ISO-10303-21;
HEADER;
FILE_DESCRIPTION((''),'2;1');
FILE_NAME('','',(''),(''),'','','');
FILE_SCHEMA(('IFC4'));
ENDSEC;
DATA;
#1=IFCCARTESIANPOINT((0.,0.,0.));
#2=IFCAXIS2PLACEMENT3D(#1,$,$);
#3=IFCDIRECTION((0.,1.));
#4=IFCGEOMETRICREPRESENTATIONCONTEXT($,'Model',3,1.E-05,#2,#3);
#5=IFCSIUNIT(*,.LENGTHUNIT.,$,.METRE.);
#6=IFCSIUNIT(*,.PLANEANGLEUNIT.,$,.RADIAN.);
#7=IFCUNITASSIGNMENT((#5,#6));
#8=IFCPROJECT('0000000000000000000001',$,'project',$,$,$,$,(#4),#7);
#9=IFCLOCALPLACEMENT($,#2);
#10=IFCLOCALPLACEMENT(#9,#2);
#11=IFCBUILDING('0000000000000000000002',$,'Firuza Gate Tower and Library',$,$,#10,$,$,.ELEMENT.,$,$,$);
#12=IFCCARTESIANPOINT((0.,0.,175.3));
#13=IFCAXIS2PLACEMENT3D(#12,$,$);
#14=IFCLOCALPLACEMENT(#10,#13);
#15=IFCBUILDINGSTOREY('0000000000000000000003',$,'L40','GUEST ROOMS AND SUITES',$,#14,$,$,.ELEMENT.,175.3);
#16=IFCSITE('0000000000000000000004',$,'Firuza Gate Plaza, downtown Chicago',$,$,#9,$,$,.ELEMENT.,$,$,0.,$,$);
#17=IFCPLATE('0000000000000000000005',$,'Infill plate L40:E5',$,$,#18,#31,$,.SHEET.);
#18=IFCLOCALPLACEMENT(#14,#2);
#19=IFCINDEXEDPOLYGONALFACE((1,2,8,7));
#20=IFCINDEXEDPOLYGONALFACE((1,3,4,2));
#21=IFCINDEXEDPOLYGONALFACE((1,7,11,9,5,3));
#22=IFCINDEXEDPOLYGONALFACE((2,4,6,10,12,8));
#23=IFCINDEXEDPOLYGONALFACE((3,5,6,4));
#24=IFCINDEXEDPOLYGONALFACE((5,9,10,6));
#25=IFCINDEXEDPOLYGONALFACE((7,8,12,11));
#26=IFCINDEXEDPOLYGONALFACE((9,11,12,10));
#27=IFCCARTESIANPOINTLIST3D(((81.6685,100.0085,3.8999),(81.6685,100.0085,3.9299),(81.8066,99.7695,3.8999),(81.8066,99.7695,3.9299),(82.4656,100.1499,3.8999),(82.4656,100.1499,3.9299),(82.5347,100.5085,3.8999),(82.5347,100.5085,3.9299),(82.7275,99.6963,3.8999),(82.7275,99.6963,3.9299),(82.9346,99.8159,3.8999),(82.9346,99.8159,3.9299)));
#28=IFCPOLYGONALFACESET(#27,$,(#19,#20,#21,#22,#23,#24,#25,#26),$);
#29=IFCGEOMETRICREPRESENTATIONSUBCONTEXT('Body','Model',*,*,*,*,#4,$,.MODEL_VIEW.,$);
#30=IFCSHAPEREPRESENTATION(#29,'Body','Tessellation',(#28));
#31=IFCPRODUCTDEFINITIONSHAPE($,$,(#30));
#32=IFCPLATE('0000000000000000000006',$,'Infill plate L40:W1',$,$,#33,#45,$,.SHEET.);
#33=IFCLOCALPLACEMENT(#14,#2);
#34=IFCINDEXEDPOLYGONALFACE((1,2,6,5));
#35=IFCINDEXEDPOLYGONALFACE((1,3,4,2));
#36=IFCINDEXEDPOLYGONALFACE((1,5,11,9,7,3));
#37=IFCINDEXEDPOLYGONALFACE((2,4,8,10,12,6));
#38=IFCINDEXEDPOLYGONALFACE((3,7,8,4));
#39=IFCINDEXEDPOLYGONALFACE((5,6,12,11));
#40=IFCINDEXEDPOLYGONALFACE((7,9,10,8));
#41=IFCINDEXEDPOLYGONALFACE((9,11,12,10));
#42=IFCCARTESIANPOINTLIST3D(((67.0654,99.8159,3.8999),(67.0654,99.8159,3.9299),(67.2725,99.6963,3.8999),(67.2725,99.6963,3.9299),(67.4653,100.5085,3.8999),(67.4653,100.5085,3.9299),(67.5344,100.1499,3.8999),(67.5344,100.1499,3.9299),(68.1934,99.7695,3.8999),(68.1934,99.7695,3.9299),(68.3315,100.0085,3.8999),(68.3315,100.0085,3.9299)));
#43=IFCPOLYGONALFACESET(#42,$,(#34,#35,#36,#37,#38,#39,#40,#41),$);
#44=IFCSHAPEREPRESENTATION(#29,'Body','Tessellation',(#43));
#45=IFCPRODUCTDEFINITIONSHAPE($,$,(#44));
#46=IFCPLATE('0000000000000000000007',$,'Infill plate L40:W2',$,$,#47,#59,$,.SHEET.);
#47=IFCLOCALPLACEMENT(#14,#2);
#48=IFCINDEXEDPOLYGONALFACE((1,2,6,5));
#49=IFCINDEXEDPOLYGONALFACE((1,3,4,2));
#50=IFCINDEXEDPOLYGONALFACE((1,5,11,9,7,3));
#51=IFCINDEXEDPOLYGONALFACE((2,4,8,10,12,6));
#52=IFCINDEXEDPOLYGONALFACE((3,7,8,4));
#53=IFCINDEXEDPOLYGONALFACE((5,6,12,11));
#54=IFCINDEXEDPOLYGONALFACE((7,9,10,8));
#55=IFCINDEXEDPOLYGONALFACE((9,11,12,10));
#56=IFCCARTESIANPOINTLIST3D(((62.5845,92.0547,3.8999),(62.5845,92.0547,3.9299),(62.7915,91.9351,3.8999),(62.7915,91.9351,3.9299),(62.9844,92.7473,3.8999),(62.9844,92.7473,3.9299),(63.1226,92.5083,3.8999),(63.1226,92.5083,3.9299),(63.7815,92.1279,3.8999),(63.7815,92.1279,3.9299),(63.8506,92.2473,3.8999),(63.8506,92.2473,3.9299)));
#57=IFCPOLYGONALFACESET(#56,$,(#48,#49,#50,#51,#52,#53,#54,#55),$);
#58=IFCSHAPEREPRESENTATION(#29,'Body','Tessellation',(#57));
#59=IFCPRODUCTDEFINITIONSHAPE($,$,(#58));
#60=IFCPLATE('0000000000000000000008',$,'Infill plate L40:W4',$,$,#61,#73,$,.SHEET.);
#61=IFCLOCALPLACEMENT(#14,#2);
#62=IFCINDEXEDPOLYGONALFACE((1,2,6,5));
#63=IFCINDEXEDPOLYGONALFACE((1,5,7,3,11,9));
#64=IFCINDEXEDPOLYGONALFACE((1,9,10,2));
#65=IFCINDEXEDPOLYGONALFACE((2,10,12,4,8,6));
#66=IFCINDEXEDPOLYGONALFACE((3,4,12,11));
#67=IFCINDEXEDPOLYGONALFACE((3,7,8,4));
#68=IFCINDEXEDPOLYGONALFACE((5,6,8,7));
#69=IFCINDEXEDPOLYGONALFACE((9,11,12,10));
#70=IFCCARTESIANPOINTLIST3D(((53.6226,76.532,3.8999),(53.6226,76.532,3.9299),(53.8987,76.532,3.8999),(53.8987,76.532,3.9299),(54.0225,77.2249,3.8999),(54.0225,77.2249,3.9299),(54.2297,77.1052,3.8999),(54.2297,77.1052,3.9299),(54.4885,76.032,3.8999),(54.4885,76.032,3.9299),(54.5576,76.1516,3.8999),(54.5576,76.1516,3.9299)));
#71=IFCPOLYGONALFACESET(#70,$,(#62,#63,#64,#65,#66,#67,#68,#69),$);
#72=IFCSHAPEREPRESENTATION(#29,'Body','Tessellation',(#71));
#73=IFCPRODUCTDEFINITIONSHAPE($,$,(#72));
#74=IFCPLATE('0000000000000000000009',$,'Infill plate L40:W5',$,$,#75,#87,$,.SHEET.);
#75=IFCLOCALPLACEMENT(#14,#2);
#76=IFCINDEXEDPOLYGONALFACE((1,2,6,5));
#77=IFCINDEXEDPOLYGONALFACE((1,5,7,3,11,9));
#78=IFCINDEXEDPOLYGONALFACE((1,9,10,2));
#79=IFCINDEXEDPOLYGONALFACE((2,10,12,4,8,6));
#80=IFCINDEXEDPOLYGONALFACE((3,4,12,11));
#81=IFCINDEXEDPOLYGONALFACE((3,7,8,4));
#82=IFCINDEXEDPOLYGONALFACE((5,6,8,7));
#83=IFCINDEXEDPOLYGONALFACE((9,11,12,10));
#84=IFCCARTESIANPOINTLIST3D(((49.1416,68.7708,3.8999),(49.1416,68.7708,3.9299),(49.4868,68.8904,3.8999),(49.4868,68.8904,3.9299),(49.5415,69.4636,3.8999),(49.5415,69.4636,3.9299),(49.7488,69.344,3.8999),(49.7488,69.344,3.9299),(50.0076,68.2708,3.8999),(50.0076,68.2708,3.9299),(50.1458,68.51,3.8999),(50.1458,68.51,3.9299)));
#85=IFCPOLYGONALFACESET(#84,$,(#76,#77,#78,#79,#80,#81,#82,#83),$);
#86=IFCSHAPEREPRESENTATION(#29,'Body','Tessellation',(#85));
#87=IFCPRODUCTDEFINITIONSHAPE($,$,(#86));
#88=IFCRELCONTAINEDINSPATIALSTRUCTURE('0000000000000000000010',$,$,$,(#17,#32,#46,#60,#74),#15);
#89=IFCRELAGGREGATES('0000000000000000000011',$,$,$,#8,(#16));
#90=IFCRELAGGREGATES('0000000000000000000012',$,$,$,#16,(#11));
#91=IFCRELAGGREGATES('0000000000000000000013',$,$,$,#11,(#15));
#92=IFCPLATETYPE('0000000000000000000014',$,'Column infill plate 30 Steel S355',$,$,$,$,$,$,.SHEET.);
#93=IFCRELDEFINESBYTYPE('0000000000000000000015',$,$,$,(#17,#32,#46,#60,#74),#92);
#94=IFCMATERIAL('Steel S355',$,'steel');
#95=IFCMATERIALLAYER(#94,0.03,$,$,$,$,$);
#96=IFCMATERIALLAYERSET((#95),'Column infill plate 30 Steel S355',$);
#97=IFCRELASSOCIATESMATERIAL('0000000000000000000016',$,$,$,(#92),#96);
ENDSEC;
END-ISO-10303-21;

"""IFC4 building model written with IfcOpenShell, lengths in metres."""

from ifc_helpers import new_model, si_unit, direction, frame, origin, place, context, subcontext, project, spatial, polyline, outline, extrude, material, layer, layer_set, type_object, element, save


model = new_model("IFC4")

# Units and contexts
model_context = context("Model", 3, precision=1e-05, world=origin(), true_north=direction((0.0, 1.0)))
body_context = subcontext(model_context, "Body", "Model", "MODEL_VIEW")
ifc_project = project(units=[si_unit("LENGTHUNIT", "METRE"), si_unit("PLANEANGLEUNIT", "RADIAN")], contexts=[model_context])

# Site, building, storey
site_placement = place(None, origin())
site = spatial("IfcSite", under=ifc_project, at=site_placement, Name="Firuza Gate Plaza, downtown Chicago", CompositionType="ELEMENT", RefElevation=0.0)
building_placement = place(site_placement, origin())
building = spatial("IfcBuilding", under=site, at=building_placement, Name="Firuza Gate Tower and Library", CompositionType="ELEMENT")
storey_placement = place(building_placement, frame((0.0, 0.0, 175.3)))
storey = spatial("IfcBuildingStorey", under=building, at=storey_placement, Name="L40", Description="GUEST ROOMS AND SUITES", CompositionType="ELEMENT", Elevation=175.3)

# Plates
ifc_material_1 = material(Name="Steel S355", Category="steel")
ifc_layer_1 = layer(ifc_material_1, 0.03)
ifc_layer_set_1 = layer_set([ifc_layer_1], Name="Column infill plate 30 Steel S355")
plate_type_1 = type_object("IfcPlateType", Name="Column infill plate 30 Steel S355", PredefinedType="SHEET", material=ifc_layer_set_1)
placement_1 = place(storey_placement, frame((0.0, 0.0, 3.8999)))
element("IfcPlate", 1, at=placement_1, inside=storey, type_object=plate_type_1, Name="Infill plate L40:E5", PredefinedType="SHEET", context=body_context, shape_type="SweptSolid", body=[
    extrude(outline(polyline([(81.6685, 100.0085), (81.8066, 99.7695), (82.4656, 100.1499), (82.7275, 99.6963), (82.9346, 99.8159), (82.5347, 100.5085), (81.6685, 100.0085)])), origin(), (0.0, 0.0, 1.0), 0.03),
])
element("IfcPlate", 2, at=placement_1, inside=storey, type_object=plate_type_1, Name="Infill plate L40:W1", PredefinedType="SHEET", context=body_context, shape_type="SweptSolid", body=[
    extrude(outline(polyline([(67.0654, 99.8159), (67.2725, 99.6963), (67.5344, 100.1499), (68.1934, 99.7695), (68.3315, 100.0085), (67.4653, 100.5085), (67.0654, 99.8159)])), origin(), (0.0, 0.0, 1.0), 0.03),
])
element("IfcPlate", 3, at=placement_1, inside=storey, type_object=plate_type_1, Name="Infill plate L40:W2", PredefinedType="SHEET", context=body_context, shape_type="SweptSolid", body=[
    extrude(outline(polyline([(62.5845, 92.0547), (62.7915, 91.9351), (63.1226, 92.5083), (63.7815, 92.1279), (63.8506, 92.2473), (62.9844, 92.7473), (62.5845, 92.0547)])), origin(), (0.0, 0.0, 1.0), 0.03),
])
element("IfcPlate", 4, at=placement_1, inside=storey, type_object=plate_type_1, Name="Infill plate L40:W4", PredefinedType="SHEET", context=body_context, shape_type="SweptSolid", body=[
    extrude(outline(polyline([(54.4885, 76.032), (54.5576, 76.1516), (53.8987, 76.532), (54.2297, 77.1052), (54.0225, 77.2249), (53.6226, 76.532), (54.4885, 76.032)])), origin(), (0.0, 0.0, 1.0), 0.03),
])
element("IfcPlate", 5, at=placement_1, inside=storey, type_object=plate_type_1, Name="Infill plate L40:W5", PredefinedType="SHEET", context=body_context, shape_type="SweptSolid", body=[
    extrude(outline(polyline([(50.0076, 68.2708), (50.1458, 68.51), (49.4868, 68.8904), (49.7488, 69.344), (49.5415, 69.4636), (49.1416, 68.7708), (50.0076, 68.2708)])), origin(), (0.0, 0.0, 1.0), 0.03),
])

save(model, "model.ifc")
